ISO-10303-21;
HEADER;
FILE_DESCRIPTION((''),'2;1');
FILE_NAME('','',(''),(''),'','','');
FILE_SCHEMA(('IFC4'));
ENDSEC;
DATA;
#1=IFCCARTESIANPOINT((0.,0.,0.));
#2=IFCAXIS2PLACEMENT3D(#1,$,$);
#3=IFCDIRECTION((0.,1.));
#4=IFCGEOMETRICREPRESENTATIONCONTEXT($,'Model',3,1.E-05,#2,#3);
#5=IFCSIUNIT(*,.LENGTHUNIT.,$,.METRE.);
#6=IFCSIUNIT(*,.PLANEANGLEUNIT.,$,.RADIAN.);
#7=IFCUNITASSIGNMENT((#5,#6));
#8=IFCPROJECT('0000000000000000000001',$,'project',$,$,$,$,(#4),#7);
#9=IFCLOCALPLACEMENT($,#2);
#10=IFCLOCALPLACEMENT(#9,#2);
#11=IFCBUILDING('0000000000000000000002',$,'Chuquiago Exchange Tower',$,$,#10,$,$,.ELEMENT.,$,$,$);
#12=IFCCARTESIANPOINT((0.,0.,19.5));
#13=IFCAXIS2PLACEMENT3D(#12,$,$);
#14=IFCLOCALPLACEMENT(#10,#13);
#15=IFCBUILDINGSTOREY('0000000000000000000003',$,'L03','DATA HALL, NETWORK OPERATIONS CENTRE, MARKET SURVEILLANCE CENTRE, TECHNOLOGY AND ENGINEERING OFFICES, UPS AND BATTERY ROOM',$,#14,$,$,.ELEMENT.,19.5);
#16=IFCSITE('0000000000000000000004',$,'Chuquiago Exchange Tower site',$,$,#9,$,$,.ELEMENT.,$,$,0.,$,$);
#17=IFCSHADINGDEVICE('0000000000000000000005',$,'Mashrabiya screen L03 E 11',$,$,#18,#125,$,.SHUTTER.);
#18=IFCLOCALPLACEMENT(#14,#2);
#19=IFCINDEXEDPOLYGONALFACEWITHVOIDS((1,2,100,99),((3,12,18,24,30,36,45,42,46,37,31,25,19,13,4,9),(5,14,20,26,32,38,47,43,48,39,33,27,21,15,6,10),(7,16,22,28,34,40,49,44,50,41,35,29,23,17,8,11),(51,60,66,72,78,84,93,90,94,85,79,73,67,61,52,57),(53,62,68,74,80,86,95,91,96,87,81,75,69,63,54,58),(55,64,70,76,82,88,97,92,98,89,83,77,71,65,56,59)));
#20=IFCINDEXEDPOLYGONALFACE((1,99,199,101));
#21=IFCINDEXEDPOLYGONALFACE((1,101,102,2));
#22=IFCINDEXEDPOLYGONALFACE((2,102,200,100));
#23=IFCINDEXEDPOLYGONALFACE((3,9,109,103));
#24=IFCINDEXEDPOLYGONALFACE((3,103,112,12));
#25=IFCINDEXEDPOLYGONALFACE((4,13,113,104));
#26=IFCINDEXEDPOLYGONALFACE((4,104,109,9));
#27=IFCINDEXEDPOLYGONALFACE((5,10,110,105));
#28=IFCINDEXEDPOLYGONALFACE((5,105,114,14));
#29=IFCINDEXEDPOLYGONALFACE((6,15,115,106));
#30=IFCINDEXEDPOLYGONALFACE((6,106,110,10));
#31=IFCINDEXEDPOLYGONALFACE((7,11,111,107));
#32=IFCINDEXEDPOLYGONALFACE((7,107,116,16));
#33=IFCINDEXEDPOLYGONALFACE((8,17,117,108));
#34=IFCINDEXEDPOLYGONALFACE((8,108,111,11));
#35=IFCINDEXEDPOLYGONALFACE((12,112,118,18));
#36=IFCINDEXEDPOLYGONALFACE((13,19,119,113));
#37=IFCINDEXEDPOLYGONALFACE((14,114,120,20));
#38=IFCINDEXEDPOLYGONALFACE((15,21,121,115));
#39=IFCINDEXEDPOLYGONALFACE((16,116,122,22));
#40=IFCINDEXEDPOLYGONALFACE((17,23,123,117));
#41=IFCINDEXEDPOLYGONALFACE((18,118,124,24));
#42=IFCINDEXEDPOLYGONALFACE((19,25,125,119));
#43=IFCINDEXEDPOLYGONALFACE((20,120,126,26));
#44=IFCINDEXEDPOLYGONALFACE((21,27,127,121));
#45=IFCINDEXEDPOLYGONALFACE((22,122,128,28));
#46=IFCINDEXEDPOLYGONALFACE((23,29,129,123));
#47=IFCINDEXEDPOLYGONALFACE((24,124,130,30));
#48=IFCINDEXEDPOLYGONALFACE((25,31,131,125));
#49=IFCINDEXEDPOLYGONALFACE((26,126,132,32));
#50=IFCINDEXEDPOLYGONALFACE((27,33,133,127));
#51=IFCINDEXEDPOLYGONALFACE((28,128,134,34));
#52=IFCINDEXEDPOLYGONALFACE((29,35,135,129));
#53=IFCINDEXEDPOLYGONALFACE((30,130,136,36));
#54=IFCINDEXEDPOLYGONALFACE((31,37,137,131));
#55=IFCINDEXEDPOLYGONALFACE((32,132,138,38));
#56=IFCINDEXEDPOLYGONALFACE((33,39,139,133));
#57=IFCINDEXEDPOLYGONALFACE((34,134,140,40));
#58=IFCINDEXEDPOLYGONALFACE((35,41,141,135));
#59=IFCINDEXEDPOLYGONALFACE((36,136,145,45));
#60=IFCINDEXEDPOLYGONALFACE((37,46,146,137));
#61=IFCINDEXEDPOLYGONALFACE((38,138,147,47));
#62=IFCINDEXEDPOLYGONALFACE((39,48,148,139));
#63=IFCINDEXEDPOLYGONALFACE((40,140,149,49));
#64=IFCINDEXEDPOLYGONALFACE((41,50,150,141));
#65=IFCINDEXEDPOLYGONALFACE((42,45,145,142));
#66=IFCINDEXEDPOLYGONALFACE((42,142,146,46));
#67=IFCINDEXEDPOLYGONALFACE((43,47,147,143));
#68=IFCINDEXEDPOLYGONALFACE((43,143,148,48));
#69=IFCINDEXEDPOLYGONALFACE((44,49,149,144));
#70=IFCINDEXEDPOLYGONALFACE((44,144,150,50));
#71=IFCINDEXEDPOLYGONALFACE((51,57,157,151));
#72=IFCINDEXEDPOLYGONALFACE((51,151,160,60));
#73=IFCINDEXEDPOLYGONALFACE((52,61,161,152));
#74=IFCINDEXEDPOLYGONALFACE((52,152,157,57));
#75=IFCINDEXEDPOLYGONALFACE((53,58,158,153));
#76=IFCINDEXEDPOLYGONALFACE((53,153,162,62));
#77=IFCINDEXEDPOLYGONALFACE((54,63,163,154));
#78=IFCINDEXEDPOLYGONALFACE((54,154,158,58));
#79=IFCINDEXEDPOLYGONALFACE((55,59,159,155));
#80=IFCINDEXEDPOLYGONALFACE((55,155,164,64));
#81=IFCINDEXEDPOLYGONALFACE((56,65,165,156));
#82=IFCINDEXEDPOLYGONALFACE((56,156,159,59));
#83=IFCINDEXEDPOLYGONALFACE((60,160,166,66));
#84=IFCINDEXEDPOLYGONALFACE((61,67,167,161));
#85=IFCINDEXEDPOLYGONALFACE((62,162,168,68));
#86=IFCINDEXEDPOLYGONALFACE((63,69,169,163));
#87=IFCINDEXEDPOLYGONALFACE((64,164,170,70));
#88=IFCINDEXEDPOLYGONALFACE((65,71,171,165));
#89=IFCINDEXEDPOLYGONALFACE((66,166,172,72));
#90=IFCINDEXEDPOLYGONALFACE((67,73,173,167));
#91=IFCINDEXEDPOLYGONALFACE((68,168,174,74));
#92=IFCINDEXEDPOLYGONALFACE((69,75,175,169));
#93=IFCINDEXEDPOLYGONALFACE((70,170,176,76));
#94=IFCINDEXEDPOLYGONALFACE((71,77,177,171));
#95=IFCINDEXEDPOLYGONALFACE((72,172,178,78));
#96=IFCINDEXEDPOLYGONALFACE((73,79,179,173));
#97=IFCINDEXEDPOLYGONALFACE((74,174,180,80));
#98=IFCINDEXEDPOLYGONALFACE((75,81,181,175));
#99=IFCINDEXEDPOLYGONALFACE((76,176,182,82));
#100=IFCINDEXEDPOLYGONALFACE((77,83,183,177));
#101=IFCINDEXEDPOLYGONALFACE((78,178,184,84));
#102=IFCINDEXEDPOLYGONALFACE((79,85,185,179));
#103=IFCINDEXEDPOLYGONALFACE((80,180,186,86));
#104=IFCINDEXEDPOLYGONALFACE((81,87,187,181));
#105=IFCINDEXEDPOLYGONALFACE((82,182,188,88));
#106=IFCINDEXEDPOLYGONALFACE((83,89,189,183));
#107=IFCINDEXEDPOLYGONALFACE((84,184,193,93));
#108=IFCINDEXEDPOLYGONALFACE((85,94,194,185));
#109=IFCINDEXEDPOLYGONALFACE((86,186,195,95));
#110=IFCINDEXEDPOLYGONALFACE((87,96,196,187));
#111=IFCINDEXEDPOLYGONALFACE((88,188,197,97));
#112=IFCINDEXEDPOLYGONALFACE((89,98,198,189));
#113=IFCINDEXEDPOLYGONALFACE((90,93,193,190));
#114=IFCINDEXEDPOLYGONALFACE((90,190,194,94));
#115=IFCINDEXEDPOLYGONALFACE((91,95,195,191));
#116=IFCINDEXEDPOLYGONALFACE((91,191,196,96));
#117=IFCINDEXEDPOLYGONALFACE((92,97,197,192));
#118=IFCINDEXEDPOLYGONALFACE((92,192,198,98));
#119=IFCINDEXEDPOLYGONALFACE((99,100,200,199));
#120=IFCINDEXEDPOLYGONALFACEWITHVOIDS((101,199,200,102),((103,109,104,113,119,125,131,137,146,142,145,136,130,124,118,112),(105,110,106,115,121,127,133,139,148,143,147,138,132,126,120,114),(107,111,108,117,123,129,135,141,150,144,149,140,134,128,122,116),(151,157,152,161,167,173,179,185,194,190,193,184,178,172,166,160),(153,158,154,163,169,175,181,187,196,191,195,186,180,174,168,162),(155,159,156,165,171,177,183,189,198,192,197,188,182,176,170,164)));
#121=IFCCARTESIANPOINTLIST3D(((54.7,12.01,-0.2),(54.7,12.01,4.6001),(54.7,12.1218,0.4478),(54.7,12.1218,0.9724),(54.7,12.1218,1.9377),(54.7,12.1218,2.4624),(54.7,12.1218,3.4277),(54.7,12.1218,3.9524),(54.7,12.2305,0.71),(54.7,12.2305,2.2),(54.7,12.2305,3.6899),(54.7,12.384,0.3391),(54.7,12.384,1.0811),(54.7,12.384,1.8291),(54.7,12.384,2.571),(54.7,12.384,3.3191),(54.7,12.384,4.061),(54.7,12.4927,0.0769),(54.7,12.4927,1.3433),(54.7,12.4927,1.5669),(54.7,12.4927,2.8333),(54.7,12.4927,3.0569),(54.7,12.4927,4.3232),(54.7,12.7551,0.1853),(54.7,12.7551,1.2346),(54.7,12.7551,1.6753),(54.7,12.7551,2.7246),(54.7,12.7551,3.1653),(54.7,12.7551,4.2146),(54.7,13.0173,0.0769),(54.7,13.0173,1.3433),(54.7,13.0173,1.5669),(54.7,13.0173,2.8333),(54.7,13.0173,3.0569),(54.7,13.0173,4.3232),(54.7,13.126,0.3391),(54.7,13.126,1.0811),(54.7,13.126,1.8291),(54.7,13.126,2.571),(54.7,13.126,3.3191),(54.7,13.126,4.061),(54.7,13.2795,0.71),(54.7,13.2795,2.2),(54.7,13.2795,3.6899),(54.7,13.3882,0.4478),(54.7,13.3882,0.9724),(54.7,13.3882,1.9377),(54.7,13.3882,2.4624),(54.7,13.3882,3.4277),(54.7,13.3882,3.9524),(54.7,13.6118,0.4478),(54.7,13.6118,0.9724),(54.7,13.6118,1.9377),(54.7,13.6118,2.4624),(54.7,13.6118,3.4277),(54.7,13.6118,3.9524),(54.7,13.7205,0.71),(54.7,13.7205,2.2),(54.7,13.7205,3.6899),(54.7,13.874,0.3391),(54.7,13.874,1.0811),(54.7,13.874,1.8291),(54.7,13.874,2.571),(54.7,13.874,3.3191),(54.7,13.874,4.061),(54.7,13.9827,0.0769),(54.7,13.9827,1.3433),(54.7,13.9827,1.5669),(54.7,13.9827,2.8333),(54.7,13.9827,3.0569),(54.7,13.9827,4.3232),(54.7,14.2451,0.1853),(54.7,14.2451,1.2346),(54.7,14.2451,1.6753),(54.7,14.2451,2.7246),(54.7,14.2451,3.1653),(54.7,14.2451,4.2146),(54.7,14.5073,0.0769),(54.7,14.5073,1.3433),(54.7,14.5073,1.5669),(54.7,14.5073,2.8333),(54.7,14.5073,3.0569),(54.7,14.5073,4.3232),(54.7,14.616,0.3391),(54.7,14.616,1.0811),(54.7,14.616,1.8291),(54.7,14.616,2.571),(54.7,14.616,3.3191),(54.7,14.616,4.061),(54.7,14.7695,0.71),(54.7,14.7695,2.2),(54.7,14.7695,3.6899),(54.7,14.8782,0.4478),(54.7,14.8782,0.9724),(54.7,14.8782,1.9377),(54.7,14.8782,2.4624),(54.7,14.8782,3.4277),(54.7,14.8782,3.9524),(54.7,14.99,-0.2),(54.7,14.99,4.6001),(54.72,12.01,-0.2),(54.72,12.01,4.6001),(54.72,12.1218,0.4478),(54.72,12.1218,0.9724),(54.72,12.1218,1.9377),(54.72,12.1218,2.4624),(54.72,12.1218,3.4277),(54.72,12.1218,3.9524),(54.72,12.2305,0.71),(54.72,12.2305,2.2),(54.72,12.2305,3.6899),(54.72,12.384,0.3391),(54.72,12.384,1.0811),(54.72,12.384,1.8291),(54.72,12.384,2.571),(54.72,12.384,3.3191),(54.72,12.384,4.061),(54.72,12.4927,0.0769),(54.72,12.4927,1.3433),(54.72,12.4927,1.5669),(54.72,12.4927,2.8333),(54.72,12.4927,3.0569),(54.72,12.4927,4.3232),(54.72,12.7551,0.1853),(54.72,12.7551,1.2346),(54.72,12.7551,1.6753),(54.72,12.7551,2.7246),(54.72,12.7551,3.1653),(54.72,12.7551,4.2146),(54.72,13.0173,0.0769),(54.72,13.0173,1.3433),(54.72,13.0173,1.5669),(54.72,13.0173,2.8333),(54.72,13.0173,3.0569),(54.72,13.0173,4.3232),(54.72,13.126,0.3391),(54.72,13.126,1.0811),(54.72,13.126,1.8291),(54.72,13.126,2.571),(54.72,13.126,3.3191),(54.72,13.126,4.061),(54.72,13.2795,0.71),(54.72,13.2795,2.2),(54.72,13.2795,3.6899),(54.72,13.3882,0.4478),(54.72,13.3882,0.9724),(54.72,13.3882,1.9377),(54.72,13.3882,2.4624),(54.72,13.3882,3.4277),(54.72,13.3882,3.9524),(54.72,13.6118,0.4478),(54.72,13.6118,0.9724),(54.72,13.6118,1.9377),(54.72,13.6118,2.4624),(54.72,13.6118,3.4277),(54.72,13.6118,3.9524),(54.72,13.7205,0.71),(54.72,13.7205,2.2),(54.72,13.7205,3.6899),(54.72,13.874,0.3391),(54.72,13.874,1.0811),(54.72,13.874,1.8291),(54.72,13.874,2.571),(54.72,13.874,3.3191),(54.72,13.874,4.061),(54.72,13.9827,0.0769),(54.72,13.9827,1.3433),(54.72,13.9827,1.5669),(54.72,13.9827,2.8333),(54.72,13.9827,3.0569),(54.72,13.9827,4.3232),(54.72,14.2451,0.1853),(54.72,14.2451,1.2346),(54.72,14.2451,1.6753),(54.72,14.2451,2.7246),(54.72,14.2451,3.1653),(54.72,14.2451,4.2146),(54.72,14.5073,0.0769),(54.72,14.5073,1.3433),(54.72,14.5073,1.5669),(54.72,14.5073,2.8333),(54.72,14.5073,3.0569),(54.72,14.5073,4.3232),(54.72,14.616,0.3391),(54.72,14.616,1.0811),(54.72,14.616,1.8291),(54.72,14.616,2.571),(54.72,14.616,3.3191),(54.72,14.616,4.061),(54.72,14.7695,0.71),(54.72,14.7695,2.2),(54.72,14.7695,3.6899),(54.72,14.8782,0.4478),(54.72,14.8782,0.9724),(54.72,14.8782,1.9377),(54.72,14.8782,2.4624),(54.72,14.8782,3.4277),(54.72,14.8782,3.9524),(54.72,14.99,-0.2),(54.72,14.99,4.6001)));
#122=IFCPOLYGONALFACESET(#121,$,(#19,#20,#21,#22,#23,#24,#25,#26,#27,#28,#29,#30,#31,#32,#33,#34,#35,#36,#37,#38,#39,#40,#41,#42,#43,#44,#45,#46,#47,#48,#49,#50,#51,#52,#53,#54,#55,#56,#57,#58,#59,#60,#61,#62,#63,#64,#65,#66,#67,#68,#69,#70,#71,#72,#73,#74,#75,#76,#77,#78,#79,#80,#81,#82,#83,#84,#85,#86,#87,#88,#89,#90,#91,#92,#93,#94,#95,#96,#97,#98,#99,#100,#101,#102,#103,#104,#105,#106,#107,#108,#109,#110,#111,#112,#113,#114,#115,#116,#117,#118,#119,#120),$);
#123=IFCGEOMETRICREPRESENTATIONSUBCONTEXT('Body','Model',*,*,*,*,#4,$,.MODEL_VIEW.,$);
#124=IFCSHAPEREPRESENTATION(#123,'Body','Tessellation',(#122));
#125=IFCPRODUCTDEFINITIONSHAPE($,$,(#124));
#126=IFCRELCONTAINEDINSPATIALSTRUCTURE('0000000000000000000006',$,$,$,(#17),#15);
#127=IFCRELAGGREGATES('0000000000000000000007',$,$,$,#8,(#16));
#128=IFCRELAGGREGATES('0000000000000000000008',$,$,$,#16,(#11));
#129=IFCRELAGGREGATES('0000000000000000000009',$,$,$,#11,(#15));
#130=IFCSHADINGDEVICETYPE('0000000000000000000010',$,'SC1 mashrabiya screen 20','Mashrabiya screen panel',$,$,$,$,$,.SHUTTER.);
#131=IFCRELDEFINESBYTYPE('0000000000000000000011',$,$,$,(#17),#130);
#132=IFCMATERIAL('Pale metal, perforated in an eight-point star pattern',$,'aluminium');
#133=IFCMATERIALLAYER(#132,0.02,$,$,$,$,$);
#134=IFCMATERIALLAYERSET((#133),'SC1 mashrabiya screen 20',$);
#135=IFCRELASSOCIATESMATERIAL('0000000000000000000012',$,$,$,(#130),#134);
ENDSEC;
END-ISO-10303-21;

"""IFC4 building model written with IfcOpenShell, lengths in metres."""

from ifc_helpers import new_model, si_unit, direction, frame, origin, place, context, subcontext, project, spatial, polyline, outline, extrude, material, layer, layer_set, type_object, element, save


model = new_model("IFC4")

# Units and contexts
model_context = context("Model", 3, precision=1e-05, world=origin(), true_north=direction((0.0, 1.0)))
body_context = subcontext(model_context, "Body", "Model", "MODEL_VIEW")
ifc_project = project(units=[si_unit("LENGTHUNIT", "METRE"), si_unit("PLANEANGLEUNIT", "RADIAN")], contexts=[model_context])

# Site, building, storey
site_placement = place(None, origin())
site = spatial("IfcSite", under=ifc_project, at=site_placement, Name="Chuquiago Exchange Tower site", CompositionType="ELEMENT", RefElevation=0.0)
building_placement = place(site_placement, origin())
building = spatial("IfcBuilding", under=site, at=building_placement, Name="Chuquiago Exchange Tower", CompositionType="ELEMENT")
storey_placement = place(building_placement, frame((0.0, 0.0, 19.5)))
storey = spatial("IfcBuildingStorey", under=building, at=storey_placement, Name="L03", Description="DATA HALL, NETWORK OPERATIONS CENTRE, MARKET SURVEILLANCE CENTRE, TECHNOLOGY AND ENGINEERING OFFICES, UPS AND BATTERY ROOM", CompositionType="ELEMENT", Elevation=19.5)

# Shading device
ifc_material_1 = material(Name="Pale metal, perforated in an eight-point star pattern", Category="aluminium")
ifc_layer_1 = layer(ifc_material_1, 0.02)
ifc_layer_set_1 = layer_set([ifc_layer_1], Name="SC1 mashrabiya screen 20")
shading_device_type = type_object("IfcShadingDeviceType", Name="SC1 mashrabiya screen 20", Description="Mashrabiya screen panel", PredefinedType="SHUTTER", material=ifc_layer_set_1)
shading_device_1_placement = place(storey_placement, frame((54.7, 12.01, -0.2), z_axis=(0.0, 0.0, 1.0), x_axis=(0.0, 1.0, 0.0)))
element("IfcShadingDevice", 1, at=shading_device_1_placement, inside=storey, type_object=shading_device_type, Name="Mashrabiya screen L03 E 11", PredefinedType="SHUTTER", context=body_context, shape_type="SweptSolid", body=[
    extrude(outline(polyline([(0.0, 0.0), (2.98, 0.0), (2.98, 4.8), (0.0, 4.8), (0.0, 0.0)]), holes=[polyline([(1.2695, 0.9099), (1.3782, 1.1724), (1.116, 1.281), (1.0073, 1.5432), (0.7451, 1.4346), (0.4827, 1.5432), (0.374, 1.281), (0.1118, 1.1724), (0.2205, 0.9099), (0.1118, 0.6477), (0.374, 0.5391), (0.4827, 0.2769), (0.7451, 0.3853), (1.0073, 0.2769), (1.116, 0.5391), (1.3782, 0.6477), (1.2695, 0.9099)]), polyline([(2.7595, 0.9099), (2.8682, 1.1724), (2.606, 1.281), (2.4973, 1.5432), (2.2351, 1.4346), (1.9727, 1.5432), (1.864, 1.281), (1.6018, 1.1724), (1.7104, 0.9099), (1.6018, 0.6477), (1.864, 0.5391), (1.9727, 0.2769), (2.2351, 0.3853), (2.4973, 0.2769), (2.606, 0.5391), (2.8682, 0.6477), (2.7595, 0.9099)]), polyline([(1.2695, 2.3999), (1.3782, 2.6624), (1.116, 2.771), (1.0073, 3.0332), (0.7451, 2.9246), (0.4827, 3.0332), (0.374, 2.771), (0.1118, 2.6624), (0.2205, 2.3999), (0.1118, 2.1377), (0.374, 2.0291), (0.4827, 1.7668), (0.7451, 1.8752), (1.0073, 1.7668), (1.116, 2.0291), (1.3782, 2.1377), (1.2695, 2.3999)]), polyline([(2.7595, 2.3999), (2.8682, 2.6624), (2.606, 2.771), (2.4973, 3.0332), (2.2351, 2.9246), (1.9727, 3.0332), (1.864, 2.771), (1.6018, 2.6624), (1.7104, 2.3999), (1.6018, 2.1377), (1.864, 2.0291), (1.9727, 1.7668), (2.2351, 1.8752), (2.4973, 1.7668), (2.606, 2.0291), (2.8682, 2.1377), (2.7595, 2.3999)]), polyline([(1.2695, 3.8899), (1.3782, 4.1523), (1.116, 4.261), (1.0073, 4.5232), (0.7451, 4.4146), (0.4827, 4.5232), (0.374, 4.261), (0.1118, 4.1523), (0.2205, 3.8899), (0.1118, 3.6277), (0.374, 3.519), (0.4827, 3.2568), (0.7451, 3.3652), (1.0073, 3.2568), (1.116, 3.519), (1.3782, 3.6277), (1.2695, 3.8899)]), polyline([(2.7595, 3.8899), (2.8682, 4.1523), (2.606, 4.261), (2.4973, 4.5232), (2.2351, 4.4146), (1.9727, 4.5232), (1.864, 4.261), (1.6018, 4.1523), (1.7104, 3.8899), (1.6018, 3.6277), (1.864, 3.519), (1.9727, 3.2568), (2.2351, 3.3652), (2.4973, 3.2568), (2.606, 3.519), (2.8682, 3.6277), (2.7595, 3.8899)])]), frame((0.0, 0.0, 0.0), z_axis=(0.0, -1.0, 0.0), x_axis=(1.0, 0.0, 0.0)), (0.0, 0.0, 1.0), 0.02),
])

save(model, "model.ifc")
